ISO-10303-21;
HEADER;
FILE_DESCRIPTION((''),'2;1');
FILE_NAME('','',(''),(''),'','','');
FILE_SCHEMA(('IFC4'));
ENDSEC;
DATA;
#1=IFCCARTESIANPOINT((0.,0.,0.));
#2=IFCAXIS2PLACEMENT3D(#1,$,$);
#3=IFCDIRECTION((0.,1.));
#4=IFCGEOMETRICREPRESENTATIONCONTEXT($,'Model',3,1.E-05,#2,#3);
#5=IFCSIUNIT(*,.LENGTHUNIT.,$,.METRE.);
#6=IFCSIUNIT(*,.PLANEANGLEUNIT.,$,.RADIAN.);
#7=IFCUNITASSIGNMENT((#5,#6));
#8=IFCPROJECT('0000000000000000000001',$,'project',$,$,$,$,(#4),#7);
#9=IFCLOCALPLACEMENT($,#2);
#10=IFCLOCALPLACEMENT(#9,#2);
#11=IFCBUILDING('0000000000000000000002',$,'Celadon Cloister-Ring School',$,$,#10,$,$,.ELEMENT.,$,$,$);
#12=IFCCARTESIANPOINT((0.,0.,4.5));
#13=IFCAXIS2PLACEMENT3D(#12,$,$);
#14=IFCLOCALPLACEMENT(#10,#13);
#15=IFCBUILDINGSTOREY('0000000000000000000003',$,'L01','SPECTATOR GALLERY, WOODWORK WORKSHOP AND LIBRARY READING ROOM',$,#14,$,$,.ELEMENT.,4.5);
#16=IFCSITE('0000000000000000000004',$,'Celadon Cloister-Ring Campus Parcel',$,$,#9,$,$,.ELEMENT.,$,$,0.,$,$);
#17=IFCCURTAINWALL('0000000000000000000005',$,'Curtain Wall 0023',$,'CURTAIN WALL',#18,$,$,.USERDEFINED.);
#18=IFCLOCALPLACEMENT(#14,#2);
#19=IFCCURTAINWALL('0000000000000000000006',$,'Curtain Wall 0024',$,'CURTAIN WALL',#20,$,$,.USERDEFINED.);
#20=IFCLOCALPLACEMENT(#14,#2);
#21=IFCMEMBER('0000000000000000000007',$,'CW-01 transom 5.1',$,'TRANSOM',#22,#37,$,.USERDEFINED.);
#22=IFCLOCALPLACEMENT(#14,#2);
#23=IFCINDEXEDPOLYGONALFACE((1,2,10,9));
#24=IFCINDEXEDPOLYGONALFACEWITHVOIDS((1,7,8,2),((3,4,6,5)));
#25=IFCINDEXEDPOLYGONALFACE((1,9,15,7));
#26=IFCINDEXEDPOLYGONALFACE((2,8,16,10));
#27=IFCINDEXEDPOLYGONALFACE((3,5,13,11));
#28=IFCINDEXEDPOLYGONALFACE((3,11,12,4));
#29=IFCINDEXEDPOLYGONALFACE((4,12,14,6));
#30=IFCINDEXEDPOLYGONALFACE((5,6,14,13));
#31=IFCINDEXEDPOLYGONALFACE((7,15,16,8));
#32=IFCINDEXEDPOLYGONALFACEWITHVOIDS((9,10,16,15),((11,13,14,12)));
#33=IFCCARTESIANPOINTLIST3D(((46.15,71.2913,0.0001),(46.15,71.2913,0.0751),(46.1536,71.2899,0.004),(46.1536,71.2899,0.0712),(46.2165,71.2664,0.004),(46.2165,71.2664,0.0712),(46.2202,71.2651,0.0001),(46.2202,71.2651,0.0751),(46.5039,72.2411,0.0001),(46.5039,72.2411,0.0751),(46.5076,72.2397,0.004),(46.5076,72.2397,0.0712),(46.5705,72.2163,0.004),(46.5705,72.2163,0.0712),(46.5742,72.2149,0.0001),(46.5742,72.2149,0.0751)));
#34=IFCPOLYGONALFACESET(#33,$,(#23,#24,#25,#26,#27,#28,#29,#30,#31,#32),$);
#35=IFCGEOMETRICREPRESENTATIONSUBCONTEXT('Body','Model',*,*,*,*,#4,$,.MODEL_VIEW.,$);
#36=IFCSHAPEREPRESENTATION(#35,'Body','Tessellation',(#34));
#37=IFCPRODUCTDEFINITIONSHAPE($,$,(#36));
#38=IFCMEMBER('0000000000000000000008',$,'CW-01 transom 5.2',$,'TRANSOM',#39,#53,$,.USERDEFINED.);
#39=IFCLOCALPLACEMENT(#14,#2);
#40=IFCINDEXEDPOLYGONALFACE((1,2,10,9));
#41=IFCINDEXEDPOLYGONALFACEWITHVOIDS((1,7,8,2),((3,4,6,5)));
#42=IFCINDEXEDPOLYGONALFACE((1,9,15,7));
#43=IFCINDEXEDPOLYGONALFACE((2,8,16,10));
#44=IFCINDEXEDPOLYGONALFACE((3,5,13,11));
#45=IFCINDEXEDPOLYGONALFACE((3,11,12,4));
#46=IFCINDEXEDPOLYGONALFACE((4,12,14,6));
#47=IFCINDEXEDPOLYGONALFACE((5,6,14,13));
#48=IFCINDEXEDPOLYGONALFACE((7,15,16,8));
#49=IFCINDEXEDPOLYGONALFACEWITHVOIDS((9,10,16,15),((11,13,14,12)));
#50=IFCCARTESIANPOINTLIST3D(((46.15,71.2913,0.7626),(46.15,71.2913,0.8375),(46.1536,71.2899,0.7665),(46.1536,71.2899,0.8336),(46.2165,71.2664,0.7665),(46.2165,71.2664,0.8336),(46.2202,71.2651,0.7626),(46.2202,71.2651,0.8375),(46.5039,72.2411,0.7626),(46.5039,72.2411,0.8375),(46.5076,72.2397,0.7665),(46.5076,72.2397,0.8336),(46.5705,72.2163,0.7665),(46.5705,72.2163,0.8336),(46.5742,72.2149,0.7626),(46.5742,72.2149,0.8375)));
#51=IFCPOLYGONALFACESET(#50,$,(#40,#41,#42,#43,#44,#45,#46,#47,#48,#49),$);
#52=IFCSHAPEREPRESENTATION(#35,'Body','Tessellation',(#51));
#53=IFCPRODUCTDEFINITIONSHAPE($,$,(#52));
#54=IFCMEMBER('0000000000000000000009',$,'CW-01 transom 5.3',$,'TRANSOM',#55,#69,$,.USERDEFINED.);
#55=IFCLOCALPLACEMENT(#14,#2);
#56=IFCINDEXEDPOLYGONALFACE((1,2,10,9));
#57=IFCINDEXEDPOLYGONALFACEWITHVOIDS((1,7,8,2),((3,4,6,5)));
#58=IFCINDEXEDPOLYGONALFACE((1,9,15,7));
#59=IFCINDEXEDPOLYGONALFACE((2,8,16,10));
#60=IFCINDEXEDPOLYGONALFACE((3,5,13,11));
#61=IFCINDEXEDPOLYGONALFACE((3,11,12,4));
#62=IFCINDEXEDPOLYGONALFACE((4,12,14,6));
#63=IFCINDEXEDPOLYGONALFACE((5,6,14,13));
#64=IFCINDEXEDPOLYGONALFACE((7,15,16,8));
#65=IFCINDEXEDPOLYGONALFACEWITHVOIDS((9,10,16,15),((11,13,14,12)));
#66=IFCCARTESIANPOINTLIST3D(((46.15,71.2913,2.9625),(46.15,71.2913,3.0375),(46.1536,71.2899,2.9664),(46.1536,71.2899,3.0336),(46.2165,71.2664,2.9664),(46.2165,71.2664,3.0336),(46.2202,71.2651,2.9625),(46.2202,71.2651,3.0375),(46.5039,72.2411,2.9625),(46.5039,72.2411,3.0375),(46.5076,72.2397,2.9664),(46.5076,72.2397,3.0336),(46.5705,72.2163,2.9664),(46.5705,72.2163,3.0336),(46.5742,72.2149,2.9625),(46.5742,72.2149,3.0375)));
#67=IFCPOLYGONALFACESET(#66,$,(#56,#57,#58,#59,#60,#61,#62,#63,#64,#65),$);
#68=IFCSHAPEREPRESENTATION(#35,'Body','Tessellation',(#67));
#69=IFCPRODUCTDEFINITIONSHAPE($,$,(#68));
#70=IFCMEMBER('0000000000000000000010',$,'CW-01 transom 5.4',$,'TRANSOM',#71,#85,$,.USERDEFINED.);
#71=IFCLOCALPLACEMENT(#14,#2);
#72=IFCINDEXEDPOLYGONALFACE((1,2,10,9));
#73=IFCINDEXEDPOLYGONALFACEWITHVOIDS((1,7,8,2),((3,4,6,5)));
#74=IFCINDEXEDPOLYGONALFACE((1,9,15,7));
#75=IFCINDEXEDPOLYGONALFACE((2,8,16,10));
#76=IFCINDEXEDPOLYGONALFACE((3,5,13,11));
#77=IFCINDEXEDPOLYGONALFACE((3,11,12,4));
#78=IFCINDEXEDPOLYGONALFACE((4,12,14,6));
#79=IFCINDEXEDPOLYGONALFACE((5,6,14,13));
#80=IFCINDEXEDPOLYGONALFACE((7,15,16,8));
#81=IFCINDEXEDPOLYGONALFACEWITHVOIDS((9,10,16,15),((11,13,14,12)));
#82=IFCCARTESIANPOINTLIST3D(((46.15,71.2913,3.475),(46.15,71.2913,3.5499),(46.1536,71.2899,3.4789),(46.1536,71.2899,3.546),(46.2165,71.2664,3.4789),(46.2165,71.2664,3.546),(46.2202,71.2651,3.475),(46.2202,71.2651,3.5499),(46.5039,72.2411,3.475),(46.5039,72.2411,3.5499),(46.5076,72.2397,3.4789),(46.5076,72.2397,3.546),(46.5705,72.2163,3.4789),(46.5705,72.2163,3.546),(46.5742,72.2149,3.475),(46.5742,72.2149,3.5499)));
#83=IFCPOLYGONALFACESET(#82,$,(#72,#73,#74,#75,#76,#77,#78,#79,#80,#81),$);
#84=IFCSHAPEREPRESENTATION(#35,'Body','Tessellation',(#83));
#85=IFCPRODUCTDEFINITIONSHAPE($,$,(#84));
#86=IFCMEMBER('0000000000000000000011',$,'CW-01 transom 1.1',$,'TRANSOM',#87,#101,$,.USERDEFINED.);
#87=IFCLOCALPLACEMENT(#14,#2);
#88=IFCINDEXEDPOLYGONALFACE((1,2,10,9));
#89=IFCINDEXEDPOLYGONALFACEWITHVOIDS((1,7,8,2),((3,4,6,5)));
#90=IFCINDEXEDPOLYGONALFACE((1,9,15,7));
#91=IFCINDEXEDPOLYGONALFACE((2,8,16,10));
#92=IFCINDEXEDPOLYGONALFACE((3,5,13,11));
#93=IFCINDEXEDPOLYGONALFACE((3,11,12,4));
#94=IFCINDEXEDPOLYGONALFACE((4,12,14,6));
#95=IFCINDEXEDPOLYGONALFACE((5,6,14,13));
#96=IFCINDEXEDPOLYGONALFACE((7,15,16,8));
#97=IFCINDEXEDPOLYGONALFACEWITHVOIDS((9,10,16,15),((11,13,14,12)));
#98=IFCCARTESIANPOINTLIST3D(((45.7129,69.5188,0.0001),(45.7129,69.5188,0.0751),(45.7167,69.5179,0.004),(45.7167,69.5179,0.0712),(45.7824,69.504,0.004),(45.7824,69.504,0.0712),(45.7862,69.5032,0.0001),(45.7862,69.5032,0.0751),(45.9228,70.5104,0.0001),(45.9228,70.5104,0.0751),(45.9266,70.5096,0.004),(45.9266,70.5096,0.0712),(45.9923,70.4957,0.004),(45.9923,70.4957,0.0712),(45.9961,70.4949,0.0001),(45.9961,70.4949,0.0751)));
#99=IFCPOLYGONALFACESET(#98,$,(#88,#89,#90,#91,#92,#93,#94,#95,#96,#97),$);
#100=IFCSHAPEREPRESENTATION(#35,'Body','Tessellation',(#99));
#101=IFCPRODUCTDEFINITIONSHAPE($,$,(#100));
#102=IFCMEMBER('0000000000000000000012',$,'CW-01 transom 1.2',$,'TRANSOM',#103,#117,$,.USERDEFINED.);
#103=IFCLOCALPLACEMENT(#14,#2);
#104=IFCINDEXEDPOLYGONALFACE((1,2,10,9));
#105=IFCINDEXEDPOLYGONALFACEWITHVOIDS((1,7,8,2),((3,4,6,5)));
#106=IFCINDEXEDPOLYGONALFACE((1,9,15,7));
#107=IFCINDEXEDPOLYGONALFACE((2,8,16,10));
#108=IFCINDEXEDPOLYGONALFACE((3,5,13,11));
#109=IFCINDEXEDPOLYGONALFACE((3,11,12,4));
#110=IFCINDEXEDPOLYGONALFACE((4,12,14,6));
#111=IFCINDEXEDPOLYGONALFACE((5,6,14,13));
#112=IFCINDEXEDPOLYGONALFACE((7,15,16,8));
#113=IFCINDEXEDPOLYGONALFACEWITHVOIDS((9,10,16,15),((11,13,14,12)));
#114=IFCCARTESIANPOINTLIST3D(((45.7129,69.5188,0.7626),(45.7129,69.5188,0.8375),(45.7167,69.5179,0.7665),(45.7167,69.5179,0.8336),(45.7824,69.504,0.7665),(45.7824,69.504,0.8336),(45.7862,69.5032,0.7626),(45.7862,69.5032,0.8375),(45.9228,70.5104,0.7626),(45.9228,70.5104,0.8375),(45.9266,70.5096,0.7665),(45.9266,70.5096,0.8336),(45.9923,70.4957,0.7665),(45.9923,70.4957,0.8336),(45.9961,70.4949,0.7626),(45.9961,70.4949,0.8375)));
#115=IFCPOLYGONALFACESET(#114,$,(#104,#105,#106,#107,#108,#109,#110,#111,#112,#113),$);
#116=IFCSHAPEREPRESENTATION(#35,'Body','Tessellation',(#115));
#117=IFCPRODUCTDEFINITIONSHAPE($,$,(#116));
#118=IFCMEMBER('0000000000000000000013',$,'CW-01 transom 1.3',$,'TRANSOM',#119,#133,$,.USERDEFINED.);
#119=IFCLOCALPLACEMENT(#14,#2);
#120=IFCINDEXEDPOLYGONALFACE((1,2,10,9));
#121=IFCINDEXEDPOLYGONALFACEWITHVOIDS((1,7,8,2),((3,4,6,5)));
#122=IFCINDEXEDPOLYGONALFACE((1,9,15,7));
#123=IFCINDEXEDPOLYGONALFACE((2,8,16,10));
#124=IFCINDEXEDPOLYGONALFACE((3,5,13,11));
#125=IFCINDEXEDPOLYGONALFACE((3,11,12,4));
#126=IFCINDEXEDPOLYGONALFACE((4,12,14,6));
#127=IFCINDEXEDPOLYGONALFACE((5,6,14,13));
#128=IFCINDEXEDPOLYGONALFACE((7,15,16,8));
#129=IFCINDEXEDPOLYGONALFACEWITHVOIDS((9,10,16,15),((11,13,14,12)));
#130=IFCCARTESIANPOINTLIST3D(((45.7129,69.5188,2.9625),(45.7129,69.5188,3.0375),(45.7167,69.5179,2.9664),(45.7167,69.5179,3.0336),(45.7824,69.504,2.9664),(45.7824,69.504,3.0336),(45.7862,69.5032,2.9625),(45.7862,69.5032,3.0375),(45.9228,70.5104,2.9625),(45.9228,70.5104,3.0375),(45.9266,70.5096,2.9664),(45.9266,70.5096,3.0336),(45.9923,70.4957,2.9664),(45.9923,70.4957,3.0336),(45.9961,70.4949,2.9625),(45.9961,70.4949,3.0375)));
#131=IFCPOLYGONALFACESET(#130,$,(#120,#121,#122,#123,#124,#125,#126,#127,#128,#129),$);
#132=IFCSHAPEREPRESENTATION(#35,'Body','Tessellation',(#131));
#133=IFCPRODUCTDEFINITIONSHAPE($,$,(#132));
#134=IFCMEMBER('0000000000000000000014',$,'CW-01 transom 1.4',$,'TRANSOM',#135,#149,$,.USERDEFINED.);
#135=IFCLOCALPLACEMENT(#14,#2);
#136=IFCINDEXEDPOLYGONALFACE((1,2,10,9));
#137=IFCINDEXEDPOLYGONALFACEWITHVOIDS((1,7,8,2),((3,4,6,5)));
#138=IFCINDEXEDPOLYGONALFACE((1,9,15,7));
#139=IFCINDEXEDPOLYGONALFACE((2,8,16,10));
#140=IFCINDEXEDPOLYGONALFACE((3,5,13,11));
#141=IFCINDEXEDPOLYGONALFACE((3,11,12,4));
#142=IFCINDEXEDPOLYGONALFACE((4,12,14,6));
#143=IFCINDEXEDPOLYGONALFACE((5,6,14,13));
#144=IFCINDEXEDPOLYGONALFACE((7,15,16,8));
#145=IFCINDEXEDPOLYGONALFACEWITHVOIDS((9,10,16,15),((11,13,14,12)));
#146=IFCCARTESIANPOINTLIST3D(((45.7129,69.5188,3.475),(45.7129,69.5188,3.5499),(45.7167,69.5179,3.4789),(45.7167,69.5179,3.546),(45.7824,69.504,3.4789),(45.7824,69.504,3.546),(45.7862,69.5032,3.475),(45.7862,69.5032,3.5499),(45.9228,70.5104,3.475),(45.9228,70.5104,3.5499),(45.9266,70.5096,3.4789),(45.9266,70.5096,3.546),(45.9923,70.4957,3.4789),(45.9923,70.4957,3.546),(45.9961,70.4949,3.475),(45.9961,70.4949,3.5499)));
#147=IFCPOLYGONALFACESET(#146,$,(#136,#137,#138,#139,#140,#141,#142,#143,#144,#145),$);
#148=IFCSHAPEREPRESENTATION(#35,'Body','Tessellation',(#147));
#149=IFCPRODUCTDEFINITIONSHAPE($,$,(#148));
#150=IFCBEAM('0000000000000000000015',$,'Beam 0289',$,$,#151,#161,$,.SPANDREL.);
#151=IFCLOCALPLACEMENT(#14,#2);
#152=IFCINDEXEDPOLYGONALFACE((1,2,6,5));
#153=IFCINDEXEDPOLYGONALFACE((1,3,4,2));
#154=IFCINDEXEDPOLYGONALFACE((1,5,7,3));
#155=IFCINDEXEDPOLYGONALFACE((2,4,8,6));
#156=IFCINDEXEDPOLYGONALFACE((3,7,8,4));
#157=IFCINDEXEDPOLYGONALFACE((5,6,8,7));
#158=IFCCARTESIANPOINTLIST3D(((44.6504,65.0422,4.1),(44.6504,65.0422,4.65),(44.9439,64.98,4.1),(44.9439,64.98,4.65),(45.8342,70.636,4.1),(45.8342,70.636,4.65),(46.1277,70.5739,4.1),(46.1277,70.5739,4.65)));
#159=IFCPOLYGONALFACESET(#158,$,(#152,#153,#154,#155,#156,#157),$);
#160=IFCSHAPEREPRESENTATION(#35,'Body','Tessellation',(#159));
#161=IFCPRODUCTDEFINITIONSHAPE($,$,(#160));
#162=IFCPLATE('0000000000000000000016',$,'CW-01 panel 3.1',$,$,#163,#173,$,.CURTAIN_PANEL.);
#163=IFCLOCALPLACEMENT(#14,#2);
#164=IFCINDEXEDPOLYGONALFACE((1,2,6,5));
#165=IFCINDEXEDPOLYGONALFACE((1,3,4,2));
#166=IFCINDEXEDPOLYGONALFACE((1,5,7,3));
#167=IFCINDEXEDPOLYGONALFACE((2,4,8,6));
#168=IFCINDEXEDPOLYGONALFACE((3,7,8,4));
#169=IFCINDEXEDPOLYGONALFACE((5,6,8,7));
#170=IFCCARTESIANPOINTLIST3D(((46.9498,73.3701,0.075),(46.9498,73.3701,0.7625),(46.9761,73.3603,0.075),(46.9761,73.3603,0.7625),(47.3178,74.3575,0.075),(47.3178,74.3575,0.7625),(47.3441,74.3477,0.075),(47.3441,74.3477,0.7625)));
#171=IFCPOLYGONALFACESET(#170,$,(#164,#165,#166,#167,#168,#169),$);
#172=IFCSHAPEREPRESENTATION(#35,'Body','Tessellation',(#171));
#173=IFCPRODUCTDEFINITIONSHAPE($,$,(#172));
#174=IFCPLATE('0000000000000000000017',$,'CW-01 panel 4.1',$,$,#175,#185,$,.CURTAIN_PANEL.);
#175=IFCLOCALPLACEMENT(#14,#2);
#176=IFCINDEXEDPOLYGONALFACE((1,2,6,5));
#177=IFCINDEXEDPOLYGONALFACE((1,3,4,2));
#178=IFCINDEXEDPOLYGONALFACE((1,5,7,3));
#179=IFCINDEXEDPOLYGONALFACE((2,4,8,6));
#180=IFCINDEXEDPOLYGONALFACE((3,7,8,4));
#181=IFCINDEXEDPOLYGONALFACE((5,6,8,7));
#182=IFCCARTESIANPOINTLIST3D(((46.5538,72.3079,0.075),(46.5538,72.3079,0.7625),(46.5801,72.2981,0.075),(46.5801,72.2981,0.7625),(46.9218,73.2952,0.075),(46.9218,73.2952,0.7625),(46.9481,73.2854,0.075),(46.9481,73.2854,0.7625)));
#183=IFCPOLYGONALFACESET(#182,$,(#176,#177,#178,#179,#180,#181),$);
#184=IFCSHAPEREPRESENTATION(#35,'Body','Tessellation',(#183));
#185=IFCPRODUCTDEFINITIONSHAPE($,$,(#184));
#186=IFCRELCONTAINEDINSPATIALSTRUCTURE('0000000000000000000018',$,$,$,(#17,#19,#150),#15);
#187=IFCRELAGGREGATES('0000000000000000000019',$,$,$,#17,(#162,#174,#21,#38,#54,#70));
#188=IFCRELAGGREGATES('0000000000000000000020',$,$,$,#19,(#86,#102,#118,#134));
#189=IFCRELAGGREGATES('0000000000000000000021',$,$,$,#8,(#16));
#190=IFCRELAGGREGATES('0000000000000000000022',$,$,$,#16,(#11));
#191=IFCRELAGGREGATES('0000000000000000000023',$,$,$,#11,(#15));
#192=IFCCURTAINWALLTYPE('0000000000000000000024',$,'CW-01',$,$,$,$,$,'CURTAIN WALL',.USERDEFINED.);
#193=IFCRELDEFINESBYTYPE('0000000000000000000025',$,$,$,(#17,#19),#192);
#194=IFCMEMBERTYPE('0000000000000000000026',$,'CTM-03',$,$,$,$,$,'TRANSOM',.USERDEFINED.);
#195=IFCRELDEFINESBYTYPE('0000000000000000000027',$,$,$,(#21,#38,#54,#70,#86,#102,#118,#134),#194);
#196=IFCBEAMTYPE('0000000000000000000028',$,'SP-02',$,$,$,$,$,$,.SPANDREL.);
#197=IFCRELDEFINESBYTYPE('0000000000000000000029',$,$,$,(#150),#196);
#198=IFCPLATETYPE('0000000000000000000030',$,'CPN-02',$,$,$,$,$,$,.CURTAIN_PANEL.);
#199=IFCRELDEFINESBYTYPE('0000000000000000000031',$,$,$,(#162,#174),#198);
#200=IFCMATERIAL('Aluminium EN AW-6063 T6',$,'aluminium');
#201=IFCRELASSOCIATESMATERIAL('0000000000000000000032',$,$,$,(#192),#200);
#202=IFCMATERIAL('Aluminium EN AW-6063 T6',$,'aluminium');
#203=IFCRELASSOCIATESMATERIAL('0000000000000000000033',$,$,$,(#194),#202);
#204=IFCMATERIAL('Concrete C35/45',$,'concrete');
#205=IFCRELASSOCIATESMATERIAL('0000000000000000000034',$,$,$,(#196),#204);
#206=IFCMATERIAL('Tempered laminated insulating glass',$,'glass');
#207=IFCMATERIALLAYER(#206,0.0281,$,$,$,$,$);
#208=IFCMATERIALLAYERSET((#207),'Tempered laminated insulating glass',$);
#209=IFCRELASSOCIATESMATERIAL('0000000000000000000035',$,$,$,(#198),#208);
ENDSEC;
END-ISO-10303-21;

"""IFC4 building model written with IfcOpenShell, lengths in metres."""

from ifc_helpers import new_model, si_unit, direction, frame, origin, origin_2d, place, context, subcontext, project, spatial, rectangle, hollow_rectangle, extrude, material, layer, layer_set, material_profile, profile_set, type_object, element, aggregate, save


model = new_model("IFC4")

# Units and contexts
model_context = context("Model", 3, precision=1e-05, world=origin(), true_north=direction((0.0, 1.0)))
body_context = subcontext(model_context, "Body", "Model", "MODEL_VIEW")
ifc_project = project(units=[si_unit("LENGTHUNIT", "METRE"), si_unit("PLANEANGLEUNIT", "RADIAN")], contexts=[model_context])

# Site, building, storey
site_placement = place(None, origin())
site = spatial("IfcSite", under=ifc_project, at=site_placement, Name="Celadon Cloister-Ring Campus Parcel", CompositionType="ELEMENT", RefElevation=0.0)
building_placement = place(site_placement, origin())
building = spatial("IfcBuilding", under=site, at=building_placement, Name="Celadon Cloister-Ring School", CompositionType="ELEMENT")
storey_placement = place(building_placement, frame((0.0, 0.0, 4.5)))
storey = spatial("IfcBuildingStorey", under=building, at=storey_placement, Name="L01", Description="SPECTATOR GALLERY, WOODWORK WORKSHOP AND LIBRARY READING ROOM", CompositionType="ELEMENT", Elevation=4.5)

# Curtain wall
ifc_material_1 = material(Name="Aluminium EN AW-6063 T6", Category="aluminium")
curtain_wall_type = type_object("IfcCurtainWallType", Name="CW-01", ElementType="CURTAIN WALL", PredefinedType="USERDEFINED", material=ifc_material_1)
curtain_wall_1_placement = place(storey_placement, origin())
curtain_wall_1 = element("IfcCurtainWall", 1, at=curtain_wall_1_placement, inside=storey, type_object=curtain_wall_type, Name="Curtain Wall 0023", ObjectType="CURTAIN WALL", PredefinedType="USERDEFINED")

# Curtain wall
curtain_wall_2_placement = place(storey_placement, origin())
curtain_wall_2 = element("IfcCurtainWall", 2, at=curtain_wall_2_placement, inside=storey, type_object=curtain_wall_type, Name="Curtain Wall 0024", ObjectType="CURTAIN WALL", PredefinedType="USERDEFINED")

# Members
ifc_material_2 = material(Name="Aluminium EN AW-6063 T6", Category="aluminium")
ifc_material_profile_1 = material_profile(ifc_material_2, hollow_rectangle(XDim=0.075, YDim=0.075, WallThickness=0.0039, at=origin_2d()), Name="RHS75X75X4")
ifc_profile_set_1 = profile_set([ifc_material_profile_1], Name="Aluminium EN AW-6063 T6")
member_type_1 = type_object("IfcMemberType", Name="CTM-03", ElementType="TRANSOM", PredefinedType="USERDEFINED", material=ifc_profile_set_1)
member_1_placement = place(storey_placement, frame((46.5391, 72.228, 0.0376), z_axis=(-0.349196, -0.93705, 0.0), x_axis=(0.93705, -0.349196, 0.0)))
member_1 = element("IfcMember", 3, at=member_1_placement, type_object=member_type_1, Name="CW-01 transom 5.1", ObjectType="TRANSOM", PredefinedType="USERDEFINED", context=body_context, shape_type="SweptSolid", body=[
    extrude(hollow_rectangle(XDim=0.075, YDim=0.075, WallThickness=0.0039, at=origin_2d()), origin(), (0.0, 0.0, 1.0), 1.0137),
])
member_2_placement = place(storey_placement, frame((46.5391, 72.228, 0.8), z_axis=(-0.349196, -0.93705, 0.0), x_axis=(0.93705, -0.349196, 0.0)))
member_2 = element("IfcMember", 4, at=member_2_placement, type_object=member_type_1, Name="CW-01 transom 5.2", ObjectType="TRANSOM", PredefinedType="USERDEFINED", context=body_context, shape_type="SweptSolid", body=[
    extrude(hollow_rectangle(XDim=0.075, YDim=0.075, WallThickness=0.0039, at=origin_2d()), origin(), (0.0, 0.0, 1.0), 1.0137),
])
member_3_placement = place(storey_placement, frame((46.5391, 72.228, 3.0), z_axis=(-0.349196, -0.93705, 0.0), x_axis=(0.93705, -0.349196, 0.0)))
member_3 = element("IfcMember", 5, at=member_3_placement, type_object=member_type_1, Name="CW-01 transom 5.3", ObjectType="TRANSOM", PredefinedType="USERDEFINED", context=body_context, shape_type="SweptSolid", body=[
    extrude(hollow_rectangle(XDim=0.075, YDim=0.075, WallThickness=0.0039, at=origin_2d()), origin(), (0.0, 0.0, 1.0), 1.0137),
])
member_4_placement = place(storey_placement, frame((46.5391, 72.228, 3.5125), z_axis=(-0.349196, -0.93705, 0.0), x_axis=(0.93705, -0.349196, 0.0)))
member_4 = element("IfcMember", 6, at=member_4_placement, type_object=member_type_1, Name="CW-01 transom 5.4", ObjectType="TRANSOM", PredefinedType="USERDEFINED", context=body_context, shape_type="SweptSolid", body=[
    extrude(hollow_rectangle(XDim=0.075, YDim=0.075, WallThickness=0.0039, at=origin_2d()), origin(), (0.0, 0.0, 1.0), 1.0137),
])
member_5_placement = place(storey_placement, frame((45.9595, 70.5027, 0.0376), z_axis=(-0.207127, -0.978314, 0.0), x_axis=(0.978314, -0.207127, 0.0)))
member_5 = element("IfcMember", 7, at=member_5_placement, type_object=member_type_1, Name="CW-01 transom 1.1", ObjectType="TRANSOM", PredefinedType="USERDEFINED", context=body_context, shape_type="SweptSolid", body=[
    extrude(hollow_rectangle(XDim=0.075, YDim=0.075, WallThickness=0.0039, at=origin_2d()), origin(), (0.0, 0.0, 1.0), 1.0137),
])
member_6_placement = place(storey_placement, frame((45.9595, 70.5027, 0.8), z_axis=(-0.207127, -0.978314, 0.0), x_axis=(0.978314, -0.207127, 0.0)))
member_6 = element("IfcMember", 8, at=member_6_placement, type_object=member_type_1, Name="CW-01 transom 1.2", ObjectType="TRANSOM", PredefinedType="USERDEFINED", context=body_context, shape_type="SweptSolid", body=[
    extrude(hollow_rectangle(XDim=0.075, YDim=0.075, WallThickness=0.0039, at=origin_2d()), origin(), (0.0, 0.0, 1.0), 1.0137),
])
member_7_placement = place(storey_placement, frame((45.9595, 70.5027, 3.0), z_axis=(-0.207127, -0.978314, 0.0), x_axis=(0.978314, -0.207127, 0.0)))
member_7 = element("IfcMember", 9, at=member_7_placement, type_object=member_type_1, Name="CW-01 transom 1.3", ObjectType="TRANSOM", PredefinedType="USERDEFINED", context=body_context, shape_type="SweptSolid", body=[
    extrude(hollow_rectangle(XDim=0.075, YDim=0.075, WallThickness=0.0039, at=origin_2d()), origin(), (0.0, 0.0, 1.0), 1.0137),
])
member_8_placement = place(storey_placement, frame((45.9595, 70.5027, 3.5125), z_axis=(-0.207127, -0.978314, 0.0), x_axis=(0.978314, -0.207127, 0.0)))
member_8 = element("IfcMember", 10, at=member_8_placement, type_object=member_type_1, Name="CW-01 transom 1.4", ObjectType="TRANSOM", PredefinedType="USERDEFINED", context=body_context, shape_type="SweptSolid", body=[
    extrude(hollow_rectangle(XDim=0.075, YDim=0.075, WallThickness=0.0039, at=origin_2d()), origin(), (0.0, 0.0, 1.0), 1.0137),
])

# Beam
ifc_material_3 = material(Name="Concrete C35/45", Category="concrete")
ifc_material_profile_2 = material_profile(ifc_material_3, rectangle(XDim=0.3, YDim=0.55, at=origin_2d()), Name="RC300X550")
ifc_profile_set_2 = profile_set([ifc_material_profile_2], Name="Concrete C35/45")
beam_type = type_object("IfcBeamType", Name="SP-02", PredefinedType="SPANDREL", material=ifc_profile_set_2)
beam_placement = place(storey_placement, frame((45.981, 70.605, 4.375), z_axis=(-0.207041, -0.978332, 0.0), x_axis=(0.978332, -0.207041, 0.0)))
element("IfcBeam", 11, at=beam_placement, inside=storey, type_object=beam_type, Name="Beam 0289", PredefinedType="SPANDREL", context=body_context, shape_type="SweptSolid", body=[
    extrude(rectangle(XDim=0.3, YDim=0.55, at=origin_2d()), origin(), (0.0, 0.0, 1.0), 5.7178),
])

# Plates
ifc_material_4 = material(Name="Tempered laminated insulating glass", Category="glass")
ifc_layer = layer(ifc_material_4, 0.0281)
ifc_layer_set = layer_set([ifc_layer], Name="Tempered laminated insulating glass")
plate_type = type_object("IfcPlateType", Name="CPN-02", PredefinedType="CURTAIN_PANEL", material=ifc_layer_set)
plate_1_placement = place(storey_placement, frame((47.147, 73.8589, 0.075), z_axis=(0.0, 0.0, 1.0), x_axis=(-0.349267, -0.937023, 0.0)))
plate_1 = element("IfcPlate", 12, at=plate_1_placement, type_object=plate_type, Name="CW-01 panel 3.1", PredefinedType="CURTAIN_PANEL", context=body_context, shape_type="SweptSolid", body=[
    extrude(rectangle(XDim=1.0537, YDim=0.0281, at=origin_2d()), origin(), (0.0, 0.0, 1.0), 0.6875),
])
plate_2_placement = place(storey_placement, frame((46.751, 72.7966, 0.075), z_axis=(0.0, 0.0, 1.0), x_axis=(-0.349267, -0.937023, 0.0)))
plate_2 = element("IfcPlate", 13, at=plate_2_placement, type_object=plate_type, Name="CW-01 panel 4.1", PredefinedType="CURTAIN_PANEL", context=body_context, shape_type="SweptSolid", body=[
    extrude(rectangle(XDim=1.0537, YDim=0.0281, at=origin_2d()), origin(), (0.0, 0.0, 1.0), 0.6875),
])
aggregate(curtain_wall_1, [plate_1, plate_2, member_1, member_2, member_3, member_4])
aggregate(curtain_wall_2, [member_5, member_6, member_7, member_8])

save(model, "model.ifc")
